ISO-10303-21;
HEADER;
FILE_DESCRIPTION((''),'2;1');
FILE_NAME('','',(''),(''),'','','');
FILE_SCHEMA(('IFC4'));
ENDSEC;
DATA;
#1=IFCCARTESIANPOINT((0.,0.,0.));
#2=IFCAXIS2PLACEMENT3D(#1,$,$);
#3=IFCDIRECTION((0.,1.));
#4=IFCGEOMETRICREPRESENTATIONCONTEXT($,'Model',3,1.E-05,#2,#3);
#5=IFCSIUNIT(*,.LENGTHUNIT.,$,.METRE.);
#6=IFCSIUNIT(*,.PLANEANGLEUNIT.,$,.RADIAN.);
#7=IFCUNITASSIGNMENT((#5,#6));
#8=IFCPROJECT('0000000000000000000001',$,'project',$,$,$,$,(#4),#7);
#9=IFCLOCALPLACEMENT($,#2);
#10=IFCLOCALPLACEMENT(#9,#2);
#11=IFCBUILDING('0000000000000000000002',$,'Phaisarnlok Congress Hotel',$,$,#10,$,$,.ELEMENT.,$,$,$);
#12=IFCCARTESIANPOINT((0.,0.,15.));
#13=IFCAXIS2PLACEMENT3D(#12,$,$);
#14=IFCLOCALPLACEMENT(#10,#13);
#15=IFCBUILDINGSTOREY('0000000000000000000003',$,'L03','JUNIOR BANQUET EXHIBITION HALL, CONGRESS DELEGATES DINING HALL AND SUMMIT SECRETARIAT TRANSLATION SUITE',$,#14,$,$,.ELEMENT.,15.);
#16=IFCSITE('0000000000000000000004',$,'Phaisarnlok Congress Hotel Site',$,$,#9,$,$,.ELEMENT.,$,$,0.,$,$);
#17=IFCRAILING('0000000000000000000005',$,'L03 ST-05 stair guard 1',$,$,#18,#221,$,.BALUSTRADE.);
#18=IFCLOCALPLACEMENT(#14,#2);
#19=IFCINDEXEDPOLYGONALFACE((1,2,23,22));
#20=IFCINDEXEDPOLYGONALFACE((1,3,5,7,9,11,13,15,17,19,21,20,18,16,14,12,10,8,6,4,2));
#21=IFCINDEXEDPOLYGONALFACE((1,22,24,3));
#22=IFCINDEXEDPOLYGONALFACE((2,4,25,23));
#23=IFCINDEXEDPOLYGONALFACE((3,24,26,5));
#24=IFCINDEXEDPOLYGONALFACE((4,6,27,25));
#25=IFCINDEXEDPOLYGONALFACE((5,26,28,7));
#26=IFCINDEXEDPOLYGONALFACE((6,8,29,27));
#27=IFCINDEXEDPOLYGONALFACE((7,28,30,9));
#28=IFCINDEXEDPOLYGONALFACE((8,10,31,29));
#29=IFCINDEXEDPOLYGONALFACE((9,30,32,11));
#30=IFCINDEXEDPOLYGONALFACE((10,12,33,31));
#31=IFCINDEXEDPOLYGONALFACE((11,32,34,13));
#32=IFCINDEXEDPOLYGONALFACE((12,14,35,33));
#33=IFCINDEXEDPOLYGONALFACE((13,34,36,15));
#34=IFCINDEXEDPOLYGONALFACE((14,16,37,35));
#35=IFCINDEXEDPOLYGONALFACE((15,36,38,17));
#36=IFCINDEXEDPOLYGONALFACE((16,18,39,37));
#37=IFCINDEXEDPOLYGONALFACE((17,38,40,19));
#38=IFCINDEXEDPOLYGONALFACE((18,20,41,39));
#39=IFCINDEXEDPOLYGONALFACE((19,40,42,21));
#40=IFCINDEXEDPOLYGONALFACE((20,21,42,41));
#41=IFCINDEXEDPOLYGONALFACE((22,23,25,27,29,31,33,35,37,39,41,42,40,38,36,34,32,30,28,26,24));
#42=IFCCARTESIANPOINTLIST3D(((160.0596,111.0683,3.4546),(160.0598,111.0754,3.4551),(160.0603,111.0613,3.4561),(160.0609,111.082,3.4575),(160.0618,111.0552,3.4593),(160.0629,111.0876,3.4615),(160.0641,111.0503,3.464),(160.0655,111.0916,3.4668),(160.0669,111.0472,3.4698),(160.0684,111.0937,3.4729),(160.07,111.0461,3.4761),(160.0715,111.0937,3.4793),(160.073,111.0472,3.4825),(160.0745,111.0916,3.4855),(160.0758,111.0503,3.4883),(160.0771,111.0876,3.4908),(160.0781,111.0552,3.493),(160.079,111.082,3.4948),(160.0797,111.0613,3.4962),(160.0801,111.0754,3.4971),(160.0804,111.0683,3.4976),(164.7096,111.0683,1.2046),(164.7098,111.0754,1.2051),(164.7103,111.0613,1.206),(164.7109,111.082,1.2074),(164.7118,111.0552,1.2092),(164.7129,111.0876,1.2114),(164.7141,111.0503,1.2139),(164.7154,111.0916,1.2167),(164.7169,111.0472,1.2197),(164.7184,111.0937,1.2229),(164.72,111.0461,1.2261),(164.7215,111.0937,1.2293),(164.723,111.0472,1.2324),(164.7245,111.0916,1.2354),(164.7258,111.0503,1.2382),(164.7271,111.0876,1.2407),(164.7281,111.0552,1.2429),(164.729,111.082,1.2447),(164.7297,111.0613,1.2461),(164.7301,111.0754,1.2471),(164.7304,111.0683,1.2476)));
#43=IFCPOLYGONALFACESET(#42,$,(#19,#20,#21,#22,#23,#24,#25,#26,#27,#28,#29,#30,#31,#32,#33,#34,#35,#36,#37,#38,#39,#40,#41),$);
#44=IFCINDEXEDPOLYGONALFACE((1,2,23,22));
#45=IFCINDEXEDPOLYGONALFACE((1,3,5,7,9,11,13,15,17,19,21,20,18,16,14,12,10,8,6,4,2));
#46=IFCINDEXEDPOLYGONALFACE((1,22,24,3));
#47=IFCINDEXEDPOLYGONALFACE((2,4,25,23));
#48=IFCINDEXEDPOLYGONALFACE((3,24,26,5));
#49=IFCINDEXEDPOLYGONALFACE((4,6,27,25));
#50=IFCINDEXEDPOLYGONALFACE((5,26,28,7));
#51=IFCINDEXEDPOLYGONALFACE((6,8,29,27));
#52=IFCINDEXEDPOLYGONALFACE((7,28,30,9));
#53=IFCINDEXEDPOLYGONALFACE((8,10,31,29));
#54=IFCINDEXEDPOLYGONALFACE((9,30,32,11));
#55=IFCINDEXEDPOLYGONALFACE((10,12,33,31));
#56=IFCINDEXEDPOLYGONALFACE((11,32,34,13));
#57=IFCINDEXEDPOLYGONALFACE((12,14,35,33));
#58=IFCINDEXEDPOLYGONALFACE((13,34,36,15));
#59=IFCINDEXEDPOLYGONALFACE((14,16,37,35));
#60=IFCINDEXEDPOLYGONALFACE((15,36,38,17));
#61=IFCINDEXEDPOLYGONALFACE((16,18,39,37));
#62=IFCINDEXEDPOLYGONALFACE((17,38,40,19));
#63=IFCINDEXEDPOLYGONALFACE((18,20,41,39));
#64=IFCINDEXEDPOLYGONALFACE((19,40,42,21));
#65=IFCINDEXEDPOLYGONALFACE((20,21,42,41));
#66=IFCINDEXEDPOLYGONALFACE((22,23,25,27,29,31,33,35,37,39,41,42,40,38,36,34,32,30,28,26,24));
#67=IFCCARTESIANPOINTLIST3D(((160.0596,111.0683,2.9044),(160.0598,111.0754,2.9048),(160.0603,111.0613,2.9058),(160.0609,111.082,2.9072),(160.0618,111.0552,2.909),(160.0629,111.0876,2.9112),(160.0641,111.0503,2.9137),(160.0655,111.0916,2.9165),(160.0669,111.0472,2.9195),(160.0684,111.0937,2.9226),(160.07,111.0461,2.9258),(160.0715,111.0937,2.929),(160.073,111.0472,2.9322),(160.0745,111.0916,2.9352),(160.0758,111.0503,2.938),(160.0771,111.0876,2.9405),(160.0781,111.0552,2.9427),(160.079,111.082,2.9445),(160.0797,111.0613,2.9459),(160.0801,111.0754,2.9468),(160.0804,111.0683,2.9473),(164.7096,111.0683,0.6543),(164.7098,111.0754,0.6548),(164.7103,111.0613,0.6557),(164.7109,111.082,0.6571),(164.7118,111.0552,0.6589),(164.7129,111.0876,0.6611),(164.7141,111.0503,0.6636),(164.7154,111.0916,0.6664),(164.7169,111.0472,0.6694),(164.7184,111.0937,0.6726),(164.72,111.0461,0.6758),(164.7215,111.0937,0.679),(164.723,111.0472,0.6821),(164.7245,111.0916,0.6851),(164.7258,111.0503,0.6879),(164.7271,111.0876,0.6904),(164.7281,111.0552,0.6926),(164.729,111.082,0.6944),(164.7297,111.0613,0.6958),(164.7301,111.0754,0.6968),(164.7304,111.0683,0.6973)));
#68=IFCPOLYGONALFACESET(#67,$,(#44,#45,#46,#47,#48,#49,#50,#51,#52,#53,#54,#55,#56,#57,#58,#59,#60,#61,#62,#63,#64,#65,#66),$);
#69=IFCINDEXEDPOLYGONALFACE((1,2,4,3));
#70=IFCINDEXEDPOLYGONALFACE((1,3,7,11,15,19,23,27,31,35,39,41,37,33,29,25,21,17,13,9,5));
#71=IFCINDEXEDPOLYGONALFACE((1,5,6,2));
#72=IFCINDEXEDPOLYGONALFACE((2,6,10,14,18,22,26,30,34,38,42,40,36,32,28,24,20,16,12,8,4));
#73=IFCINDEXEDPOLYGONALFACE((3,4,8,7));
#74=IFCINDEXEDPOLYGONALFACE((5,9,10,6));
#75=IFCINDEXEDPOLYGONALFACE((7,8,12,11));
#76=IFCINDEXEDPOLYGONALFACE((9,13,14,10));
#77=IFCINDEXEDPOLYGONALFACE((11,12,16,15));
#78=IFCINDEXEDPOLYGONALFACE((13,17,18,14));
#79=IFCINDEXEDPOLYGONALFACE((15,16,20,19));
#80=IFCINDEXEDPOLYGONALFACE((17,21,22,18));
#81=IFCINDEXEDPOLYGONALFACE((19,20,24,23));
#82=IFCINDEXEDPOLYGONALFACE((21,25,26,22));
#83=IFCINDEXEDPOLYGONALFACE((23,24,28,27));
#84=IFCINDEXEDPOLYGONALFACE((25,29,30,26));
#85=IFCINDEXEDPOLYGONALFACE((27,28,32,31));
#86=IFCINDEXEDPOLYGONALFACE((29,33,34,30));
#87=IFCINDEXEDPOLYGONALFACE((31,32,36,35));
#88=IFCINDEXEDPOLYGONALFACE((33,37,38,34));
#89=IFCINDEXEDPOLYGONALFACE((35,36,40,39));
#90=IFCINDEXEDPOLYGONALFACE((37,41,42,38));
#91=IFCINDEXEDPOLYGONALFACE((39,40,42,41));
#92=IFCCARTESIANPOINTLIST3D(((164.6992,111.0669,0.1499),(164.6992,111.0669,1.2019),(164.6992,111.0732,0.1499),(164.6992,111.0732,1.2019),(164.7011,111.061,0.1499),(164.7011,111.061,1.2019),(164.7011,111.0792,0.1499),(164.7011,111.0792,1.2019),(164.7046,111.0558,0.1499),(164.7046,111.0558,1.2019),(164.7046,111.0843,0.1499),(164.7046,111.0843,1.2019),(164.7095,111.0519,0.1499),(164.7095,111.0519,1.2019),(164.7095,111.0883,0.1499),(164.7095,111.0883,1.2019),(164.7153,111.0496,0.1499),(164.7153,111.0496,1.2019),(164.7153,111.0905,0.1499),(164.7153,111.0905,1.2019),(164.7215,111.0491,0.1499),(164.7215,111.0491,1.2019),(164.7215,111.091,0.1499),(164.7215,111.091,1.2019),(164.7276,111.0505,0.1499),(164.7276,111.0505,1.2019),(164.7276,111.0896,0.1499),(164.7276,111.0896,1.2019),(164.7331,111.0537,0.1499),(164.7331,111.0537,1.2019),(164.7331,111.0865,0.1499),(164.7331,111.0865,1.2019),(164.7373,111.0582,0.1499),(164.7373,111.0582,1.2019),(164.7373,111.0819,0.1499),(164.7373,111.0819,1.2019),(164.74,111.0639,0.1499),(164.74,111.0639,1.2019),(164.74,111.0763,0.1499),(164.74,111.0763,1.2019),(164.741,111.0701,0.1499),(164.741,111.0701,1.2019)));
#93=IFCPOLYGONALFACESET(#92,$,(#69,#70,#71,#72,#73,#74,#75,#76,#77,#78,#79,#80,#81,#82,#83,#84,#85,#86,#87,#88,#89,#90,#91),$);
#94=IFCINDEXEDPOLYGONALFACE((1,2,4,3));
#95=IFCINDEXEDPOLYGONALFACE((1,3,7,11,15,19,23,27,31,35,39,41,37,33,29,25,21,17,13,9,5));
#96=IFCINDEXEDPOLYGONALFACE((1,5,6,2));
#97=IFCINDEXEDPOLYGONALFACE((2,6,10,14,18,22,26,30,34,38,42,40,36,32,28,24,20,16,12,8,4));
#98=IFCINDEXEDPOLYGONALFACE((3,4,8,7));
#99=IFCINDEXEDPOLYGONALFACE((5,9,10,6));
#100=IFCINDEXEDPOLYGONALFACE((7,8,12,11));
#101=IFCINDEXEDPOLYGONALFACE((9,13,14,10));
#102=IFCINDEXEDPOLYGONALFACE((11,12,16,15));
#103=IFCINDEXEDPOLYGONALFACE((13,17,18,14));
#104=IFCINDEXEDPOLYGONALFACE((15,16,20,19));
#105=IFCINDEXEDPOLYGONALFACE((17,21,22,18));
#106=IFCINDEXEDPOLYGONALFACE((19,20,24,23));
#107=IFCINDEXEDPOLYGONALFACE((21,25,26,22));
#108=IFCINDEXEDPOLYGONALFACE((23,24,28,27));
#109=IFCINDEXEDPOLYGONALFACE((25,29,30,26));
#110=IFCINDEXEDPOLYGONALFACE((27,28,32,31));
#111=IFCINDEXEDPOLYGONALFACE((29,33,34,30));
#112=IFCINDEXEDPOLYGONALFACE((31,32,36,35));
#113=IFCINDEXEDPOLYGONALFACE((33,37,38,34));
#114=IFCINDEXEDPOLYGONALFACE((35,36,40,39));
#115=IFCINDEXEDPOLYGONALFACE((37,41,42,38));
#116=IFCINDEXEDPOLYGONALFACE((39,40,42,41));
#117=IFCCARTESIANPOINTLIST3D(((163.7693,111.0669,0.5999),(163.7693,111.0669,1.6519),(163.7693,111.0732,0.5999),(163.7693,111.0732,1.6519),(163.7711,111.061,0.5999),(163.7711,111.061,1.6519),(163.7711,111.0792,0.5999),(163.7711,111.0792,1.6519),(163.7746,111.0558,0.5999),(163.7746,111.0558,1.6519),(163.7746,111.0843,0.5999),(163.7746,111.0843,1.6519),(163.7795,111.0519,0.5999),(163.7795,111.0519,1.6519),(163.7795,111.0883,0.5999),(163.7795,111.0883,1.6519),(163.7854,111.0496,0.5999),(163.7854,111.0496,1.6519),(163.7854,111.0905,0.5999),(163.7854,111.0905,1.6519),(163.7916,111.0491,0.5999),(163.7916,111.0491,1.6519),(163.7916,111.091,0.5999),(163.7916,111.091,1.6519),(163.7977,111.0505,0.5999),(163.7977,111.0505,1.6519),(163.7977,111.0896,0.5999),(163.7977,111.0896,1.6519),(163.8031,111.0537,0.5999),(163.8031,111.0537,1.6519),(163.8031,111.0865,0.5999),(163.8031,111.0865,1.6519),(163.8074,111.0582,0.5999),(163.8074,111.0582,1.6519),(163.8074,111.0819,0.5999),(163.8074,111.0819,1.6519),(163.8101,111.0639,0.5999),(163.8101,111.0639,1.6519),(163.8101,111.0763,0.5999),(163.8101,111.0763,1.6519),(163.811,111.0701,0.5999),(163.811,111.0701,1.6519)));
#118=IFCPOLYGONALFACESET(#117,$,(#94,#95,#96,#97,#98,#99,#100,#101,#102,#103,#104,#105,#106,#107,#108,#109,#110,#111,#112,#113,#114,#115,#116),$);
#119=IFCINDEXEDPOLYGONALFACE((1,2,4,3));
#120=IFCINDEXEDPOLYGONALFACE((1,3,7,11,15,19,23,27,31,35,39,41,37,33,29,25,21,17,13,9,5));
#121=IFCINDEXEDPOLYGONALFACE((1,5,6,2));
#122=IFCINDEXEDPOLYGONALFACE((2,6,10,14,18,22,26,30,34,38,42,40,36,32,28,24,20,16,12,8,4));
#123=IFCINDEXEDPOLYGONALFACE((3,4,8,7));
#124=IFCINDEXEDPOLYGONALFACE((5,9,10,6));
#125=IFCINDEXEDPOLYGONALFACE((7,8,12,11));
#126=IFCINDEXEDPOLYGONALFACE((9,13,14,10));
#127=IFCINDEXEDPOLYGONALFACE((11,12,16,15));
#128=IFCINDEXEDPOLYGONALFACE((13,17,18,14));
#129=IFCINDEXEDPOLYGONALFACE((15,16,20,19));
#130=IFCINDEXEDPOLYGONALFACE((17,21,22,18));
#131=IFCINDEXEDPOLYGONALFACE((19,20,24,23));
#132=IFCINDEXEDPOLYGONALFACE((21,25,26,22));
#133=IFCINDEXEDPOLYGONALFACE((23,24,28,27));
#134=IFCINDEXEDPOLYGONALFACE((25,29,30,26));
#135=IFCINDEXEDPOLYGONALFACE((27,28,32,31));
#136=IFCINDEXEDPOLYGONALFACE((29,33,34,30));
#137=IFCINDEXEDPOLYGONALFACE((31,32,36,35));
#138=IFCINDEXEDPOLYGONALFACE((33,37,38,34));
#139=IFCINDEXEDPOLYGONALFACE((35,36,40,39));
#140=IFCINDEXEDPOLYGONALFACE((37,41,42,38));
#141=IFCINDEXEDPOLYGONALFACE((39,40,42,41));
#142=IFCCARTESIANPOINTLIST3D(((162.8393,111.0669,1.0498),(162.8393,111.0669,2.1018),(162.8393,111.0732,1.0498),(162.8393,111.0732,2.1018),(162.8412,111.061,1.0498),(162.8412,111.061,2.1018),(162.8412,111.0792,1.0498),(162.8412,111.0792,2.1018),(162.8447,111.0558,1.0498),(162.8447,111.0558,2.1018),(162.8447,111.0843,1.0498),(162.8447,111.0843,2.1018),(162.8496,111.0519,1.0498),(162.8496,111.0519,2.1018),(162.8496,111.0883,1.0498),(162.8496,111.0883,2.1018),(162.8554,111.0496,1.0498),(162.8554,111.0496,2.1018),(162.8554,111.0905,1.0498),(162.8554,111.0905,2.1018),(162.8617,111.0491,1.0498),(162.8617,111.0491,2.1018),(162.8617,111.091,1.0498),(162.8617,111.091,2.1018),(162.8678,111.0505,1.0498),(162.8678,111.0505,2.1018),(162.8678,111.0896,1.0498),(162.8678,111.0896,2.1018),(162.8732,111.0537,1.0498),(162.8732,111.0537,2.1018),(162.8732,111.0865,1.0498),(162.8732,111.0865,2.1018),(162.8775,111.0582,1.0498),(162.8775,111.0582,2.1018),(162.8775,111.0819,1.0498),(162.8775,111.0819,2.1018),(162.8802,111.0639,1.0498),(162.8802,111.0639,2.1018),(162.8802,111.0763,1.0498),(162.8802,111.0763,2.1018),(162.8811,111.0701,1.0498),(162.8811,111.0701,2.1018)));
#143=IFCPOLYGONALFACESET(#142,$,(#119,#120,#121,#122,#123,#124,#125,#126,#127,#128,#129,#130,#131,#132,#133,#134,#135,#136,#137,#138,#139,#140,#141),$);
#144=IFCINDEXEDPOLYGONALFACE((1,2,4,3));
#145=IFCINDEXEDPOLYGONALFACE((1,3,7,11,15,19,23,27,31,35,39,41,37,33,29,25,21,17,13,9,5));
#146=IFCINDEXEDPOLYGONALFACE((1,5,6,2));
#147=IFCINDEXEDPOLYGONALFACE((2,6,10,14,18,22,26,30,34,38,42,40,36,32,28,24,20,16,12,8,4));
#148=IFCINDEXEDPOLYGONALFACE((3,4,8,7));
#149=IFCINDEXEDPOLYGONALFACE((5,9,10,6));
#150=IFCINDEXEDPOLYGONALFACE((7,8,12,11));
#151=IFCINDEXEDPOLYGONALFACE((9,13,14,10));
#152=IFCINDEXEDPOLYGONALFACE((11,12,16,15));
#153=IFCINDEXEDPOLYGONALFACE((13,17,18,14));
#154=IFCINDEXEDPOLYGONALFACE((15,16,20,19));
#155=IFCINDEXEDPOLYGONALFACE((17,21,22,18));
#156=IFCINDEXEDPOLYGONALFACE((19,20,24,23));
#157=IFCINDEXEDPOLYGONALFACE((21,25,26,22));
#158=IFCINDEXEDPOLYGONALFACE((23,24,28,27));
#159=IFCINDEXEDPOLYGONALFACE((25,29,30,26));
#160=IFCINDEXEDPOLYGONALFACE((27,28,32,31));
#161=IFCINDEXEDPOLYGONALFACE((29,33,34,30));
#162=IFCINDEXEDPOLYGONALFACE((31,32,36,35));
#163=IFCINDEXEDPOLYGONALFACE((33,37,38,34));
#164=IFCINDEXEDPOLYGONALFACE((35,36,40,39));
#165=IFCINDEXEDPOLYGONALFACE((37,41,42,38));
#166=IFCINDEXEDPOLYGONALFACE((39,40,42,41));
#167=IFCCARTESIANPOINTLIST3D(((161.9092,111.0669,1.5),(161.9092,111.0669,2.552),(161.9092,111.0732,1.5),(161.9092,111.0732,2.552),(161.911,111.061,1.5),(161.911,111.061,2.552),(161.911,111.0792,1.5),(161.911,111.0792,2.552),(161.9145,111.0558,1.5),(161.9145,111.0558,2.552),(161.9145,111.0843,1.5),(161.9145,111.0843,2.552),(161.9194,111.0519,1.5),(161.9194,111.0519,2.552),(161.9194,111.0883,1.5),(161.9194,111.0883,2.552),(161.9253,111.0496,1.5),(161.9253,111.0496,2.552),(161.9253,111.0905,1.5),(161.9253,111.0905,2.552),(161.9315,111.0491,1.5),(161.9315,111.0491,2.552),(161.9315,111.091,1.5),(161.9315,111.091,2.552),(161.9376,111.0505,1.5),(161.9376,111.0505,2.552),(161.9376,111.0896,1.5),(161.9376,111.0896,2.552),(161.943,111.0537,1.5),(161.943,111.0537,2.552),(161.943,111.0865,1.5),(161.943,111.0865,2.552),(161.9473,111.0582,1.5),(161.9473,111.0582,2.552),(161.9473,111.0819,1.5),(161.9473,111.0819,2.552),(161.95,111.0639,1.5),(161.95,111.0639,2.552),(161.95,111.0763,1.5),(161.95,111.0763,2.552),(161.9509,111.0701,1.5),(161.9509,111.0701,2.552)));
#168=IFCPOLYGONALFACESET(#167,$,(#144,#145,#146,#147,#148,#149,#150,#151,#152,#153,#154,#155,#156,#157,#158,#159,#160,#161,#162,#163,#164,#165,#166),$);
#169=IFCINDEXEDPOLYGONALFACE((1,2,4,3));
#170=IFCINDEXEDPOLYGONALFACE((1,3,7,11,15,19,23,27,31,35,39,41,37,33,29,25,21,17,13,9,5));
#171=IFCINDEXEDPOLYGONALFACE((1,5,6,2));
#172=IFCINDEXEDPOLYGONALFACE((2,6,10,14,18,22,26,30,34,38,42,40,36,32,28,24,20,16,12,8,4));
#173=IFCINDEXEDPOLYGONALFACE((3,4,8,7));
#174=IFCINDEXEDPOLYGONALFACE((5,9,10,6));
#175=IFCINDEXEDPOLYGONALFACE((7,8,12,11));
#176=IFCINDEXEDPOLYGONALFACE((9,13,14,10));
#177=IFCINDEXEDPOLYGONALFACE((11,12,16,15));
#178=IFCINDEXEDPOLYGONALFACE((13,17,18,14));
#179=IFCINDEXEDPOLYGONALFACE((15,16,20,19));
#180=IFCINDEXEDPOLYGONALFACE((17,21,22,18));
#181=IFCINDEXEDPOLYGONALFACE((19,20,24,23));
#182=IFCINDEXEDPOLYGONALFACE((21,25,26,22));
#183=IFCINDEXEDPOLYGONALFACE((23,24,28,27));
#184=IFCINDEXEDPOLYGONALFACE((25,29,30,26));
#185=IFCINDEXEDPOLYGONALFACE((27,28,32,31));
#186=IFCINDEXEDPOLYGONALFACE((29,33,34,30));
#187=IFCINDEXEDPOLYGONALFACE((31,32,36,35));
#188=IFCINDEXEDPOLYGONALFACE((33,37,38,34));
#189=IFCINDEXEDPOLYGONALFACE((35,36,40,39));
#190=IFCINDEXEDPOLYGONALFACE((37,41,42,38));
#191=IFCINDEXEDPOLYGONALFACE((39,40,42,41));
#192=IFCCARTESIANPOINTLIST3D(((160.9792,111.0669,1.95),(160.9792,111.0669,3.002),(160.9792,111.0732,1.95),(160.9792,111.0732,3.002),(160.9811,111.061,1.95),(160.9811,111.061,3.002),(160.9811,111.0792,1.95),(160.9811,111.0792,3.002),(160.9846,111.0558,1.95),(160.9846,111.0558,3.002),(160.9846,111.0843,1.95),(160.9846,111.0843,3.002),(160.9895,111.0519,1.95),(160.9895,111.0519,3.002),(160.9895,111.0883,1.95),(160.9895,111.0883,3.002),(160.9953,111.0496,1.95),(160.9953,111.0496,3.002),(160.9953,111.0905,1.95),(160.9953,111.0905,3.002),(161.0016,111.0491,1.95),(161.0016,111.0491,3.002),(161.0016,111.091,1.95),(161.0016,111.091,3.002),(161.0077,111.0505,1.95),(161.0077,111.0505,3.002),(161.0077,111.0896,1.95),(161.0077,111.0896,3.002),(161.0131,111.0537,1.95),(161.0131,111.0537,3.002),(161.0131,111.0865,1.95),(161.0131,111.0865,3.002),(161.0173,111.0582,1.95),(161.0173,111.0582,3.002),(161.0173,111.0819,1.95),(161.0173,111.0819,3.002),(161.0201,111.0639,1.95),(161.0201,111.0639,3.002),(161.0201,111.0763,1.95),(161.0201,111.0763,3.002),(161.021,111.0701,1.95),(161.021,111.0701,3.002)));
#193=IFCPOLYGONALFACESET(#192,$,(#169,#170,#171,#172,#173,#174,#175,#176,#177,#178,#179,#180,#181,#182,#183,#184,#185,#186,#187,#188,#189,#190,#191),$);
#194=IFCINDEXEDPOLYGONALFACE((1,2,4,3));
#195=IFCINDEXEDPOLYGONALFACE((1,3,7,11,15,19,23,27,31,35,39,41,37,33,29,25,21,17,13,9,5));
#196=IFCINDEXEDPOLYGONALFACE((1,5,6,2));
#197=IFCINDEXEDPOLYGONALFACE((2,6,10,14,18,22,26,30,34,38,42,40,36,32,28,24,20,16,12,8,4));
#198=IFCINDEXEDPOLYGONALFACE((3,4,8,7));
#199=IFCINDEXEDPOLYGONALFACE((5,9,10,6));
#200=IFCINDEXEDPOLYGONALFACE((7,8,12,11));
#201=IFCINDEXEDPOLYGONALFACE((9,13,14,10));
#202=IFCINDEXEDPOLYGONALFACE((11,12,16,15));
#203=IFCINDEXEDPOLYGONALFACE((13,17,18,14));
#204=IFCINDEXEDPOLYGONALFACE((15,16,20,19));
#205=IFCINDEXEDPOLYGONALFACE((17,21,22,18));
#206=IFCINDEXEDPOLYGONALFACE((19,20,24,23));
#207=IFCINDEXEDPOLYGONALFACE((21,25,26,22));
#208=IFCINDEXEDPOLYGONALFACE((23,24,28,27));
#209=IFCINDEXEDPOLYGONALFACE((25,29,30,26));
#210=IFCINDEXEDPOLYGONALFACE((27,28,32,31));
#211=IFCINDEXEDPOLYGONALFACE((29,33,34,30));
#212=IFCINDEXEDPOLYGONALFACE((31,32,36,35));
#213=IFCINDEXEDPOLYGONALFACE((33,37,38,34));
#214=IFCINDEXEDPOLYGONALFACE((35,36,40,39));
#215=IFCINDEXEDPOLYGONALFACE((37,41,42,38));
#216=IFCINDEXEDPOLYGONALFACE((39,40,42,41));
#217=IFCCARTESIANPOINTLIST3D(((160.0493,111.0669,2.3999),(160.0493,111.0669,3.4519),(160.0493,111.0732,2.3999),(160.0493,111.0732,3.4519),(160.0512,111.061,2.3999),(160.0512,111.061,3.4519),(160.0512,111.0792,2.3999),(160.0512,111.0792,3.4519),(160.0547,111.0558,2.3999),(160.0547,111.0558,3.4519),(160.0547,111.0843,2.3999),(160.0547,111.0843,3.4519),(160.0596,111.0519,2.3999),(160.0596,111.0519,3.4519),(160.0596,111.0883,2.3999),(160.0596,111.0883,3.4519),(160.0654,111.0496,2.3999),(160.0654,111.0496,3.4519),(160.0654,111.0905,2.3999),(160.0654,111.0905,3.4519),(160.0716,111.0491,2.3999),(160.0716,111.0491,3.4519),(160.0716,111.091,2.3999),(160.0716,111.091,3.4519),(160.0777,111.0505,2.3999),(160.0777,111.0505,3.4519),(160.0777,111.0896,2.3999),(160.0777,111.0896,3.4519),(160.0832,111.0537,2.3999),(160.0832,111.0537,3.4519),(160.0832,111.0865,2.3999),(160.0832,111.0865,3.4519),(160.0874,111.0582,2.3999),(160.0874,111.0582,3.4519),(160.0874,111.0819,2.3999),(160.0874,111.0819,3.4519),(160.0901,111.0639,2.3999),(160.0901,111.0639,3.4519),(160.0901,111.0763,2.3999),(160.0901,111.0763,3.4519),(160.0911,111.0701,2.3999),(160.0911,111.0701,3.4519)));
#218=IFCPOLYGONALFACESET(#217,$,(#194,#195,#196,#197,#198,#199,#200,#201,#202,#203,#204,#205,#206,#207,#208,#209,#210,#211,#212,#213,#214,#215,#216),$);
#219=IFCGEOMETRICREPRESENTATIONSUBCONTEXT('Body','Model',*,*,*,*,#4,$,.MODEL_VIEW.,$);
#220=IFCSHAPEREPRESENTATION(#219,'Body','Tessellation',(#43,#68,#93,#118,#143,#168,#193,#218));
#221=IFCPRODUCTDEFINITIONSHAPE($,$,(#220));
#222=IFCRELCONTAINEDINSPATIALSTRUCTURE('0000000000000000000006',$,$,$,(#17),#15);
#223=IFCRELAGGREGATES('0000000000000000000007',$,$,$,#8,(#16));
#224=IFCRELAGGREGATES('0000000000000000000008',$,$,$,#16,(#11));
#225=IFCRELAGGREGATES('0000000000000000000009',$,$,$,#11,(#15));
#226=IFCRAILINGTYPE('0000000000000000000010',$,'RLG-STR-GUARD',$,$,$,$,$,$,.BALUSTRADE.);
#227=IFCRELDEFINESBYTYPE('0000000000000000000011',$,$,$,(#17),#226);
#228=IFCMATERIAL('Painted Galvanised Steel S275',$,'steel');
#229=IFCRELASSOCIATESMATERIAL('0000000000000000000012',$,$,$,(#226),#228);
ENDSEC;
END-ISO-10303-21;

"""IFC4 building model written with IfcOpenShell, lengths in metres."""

from ifc_helpers import new_model, si_unit, direction, frame, origin, origin_2d, place, context, subcontext, project, spatial, circle, extrude, material, type_object, element, save


model = new_model("IFC4")

# Units and contexts
model_context = context("Model", 3, precision=1e-05, world=origin(), true_north=direction((0.0, 1.0)))
body_context = subcontext(model_context, "Body", "Model", "MODEL_VIEW")
ifc_project = project(units=[si_unit("LENGTHUNIT", "METRE"), si_unit("PLANEANGLEUNIT", "RADIAN")], contexts=[model_context])

# Site, building, storey
site_placement = place(None, origin())
site = spatial("IfcSite", under=ifc_project, at=site_placement, Name="Phaisarnlok Congress Hotel Site", CompositionType="ELEMENT", RefElevation=0.0)
building_placement = place(site_placement, origin())
building = spatial("IfcBuilding", under=site, at=building_placement, Name="Phaisarnlok Congress Hotel", CompositionType="ELEMENT")
storey_placement = place(building_placement, frame((0.0, 0.0, 15.0)))
storey = spatial("IfcBuildingStorey", under=building, at=storey_placement, Name="L03", Description="JUNIOR BANQUET EXHIBITION HALL, CONGRESS DELEGATES DINING HALL AND SUMMIT SECRETARIAT TRANSLATION SUITE", CompositionType="ELEMENT", Elevation=15.0)

# Railing
ifc_material_1 = material(Name="Painted Galvanised Steel S275", Category="steel")
railing_type_1 = type_object("IfcRailingType", Name="RLG-STR-GUARD", PredefinedType="BALUSTRADE", material=ifc_material_1)
railing_1_placement = place(storey_placement, frame((164.72, 111.0701, 0.1499)))
element("IfcRailing", 1, at=railing_1_placement, inside=storey, type_object=railing_type_1, Name="L03 ST-05 stair guard 1", PredefinedType="BALUSTRADE", context=body_context, shape_type="SweptSolid", body=[
    extrude(circle(Radius=0.0239, at=origin_2d()), frame((0.0, 0.0, 1.0762), z_axis=(-0.900156, 0.0, 0.435568), x_axis=(0.0, -1.0, 0.0)), (0.0, 0.0, 1.0), 5.1658),
    extrude(circle(Radius=0.0239, at=origin_2d()), frame((0.0, 0.0, 0.5259), z_axis=(-0.900156, 0.0, 0.435568), x_axis=(0.0, -1.0, 0.0)), (0.0, 0.0, 1.0), 5.1658),
    extrude(circle(Radius=0.021, at=origin_2d()), origin(), (0.0, 0.0, 1.0), 1.052),
    extrude(circle(Radius=0.021, at=origin_2d()), frame((-0.9299, 0.0, 0.45)), (0.0, 0.0, 1.0), 1.052),
    extrude(circle(Radius=0.021, at=origin_2d()), frame((-1.8599, 0.0, 0.8999)), (0.0, 0.0, 1.0), 1.052),
    extrude(circle(Radius=0.021, at=origin_2d()), frame((-2.79, 0.0, 1.3501)), (0.0, 0.0, 1.0), 1.052),
    extrude(circle(Radius=0.021, at=origin_2d()), frame((-3.72, 0.0, 1.8)), (0.0, 0.0, 1.0), 1.052),
    extrude(circle(Radius=0.021, at=origin_2d()), frame((-4.6499, 0.0, 2.25)), (0.0, 0.0, 1.0), 1.052),
])

save(model, "model.ifc")
